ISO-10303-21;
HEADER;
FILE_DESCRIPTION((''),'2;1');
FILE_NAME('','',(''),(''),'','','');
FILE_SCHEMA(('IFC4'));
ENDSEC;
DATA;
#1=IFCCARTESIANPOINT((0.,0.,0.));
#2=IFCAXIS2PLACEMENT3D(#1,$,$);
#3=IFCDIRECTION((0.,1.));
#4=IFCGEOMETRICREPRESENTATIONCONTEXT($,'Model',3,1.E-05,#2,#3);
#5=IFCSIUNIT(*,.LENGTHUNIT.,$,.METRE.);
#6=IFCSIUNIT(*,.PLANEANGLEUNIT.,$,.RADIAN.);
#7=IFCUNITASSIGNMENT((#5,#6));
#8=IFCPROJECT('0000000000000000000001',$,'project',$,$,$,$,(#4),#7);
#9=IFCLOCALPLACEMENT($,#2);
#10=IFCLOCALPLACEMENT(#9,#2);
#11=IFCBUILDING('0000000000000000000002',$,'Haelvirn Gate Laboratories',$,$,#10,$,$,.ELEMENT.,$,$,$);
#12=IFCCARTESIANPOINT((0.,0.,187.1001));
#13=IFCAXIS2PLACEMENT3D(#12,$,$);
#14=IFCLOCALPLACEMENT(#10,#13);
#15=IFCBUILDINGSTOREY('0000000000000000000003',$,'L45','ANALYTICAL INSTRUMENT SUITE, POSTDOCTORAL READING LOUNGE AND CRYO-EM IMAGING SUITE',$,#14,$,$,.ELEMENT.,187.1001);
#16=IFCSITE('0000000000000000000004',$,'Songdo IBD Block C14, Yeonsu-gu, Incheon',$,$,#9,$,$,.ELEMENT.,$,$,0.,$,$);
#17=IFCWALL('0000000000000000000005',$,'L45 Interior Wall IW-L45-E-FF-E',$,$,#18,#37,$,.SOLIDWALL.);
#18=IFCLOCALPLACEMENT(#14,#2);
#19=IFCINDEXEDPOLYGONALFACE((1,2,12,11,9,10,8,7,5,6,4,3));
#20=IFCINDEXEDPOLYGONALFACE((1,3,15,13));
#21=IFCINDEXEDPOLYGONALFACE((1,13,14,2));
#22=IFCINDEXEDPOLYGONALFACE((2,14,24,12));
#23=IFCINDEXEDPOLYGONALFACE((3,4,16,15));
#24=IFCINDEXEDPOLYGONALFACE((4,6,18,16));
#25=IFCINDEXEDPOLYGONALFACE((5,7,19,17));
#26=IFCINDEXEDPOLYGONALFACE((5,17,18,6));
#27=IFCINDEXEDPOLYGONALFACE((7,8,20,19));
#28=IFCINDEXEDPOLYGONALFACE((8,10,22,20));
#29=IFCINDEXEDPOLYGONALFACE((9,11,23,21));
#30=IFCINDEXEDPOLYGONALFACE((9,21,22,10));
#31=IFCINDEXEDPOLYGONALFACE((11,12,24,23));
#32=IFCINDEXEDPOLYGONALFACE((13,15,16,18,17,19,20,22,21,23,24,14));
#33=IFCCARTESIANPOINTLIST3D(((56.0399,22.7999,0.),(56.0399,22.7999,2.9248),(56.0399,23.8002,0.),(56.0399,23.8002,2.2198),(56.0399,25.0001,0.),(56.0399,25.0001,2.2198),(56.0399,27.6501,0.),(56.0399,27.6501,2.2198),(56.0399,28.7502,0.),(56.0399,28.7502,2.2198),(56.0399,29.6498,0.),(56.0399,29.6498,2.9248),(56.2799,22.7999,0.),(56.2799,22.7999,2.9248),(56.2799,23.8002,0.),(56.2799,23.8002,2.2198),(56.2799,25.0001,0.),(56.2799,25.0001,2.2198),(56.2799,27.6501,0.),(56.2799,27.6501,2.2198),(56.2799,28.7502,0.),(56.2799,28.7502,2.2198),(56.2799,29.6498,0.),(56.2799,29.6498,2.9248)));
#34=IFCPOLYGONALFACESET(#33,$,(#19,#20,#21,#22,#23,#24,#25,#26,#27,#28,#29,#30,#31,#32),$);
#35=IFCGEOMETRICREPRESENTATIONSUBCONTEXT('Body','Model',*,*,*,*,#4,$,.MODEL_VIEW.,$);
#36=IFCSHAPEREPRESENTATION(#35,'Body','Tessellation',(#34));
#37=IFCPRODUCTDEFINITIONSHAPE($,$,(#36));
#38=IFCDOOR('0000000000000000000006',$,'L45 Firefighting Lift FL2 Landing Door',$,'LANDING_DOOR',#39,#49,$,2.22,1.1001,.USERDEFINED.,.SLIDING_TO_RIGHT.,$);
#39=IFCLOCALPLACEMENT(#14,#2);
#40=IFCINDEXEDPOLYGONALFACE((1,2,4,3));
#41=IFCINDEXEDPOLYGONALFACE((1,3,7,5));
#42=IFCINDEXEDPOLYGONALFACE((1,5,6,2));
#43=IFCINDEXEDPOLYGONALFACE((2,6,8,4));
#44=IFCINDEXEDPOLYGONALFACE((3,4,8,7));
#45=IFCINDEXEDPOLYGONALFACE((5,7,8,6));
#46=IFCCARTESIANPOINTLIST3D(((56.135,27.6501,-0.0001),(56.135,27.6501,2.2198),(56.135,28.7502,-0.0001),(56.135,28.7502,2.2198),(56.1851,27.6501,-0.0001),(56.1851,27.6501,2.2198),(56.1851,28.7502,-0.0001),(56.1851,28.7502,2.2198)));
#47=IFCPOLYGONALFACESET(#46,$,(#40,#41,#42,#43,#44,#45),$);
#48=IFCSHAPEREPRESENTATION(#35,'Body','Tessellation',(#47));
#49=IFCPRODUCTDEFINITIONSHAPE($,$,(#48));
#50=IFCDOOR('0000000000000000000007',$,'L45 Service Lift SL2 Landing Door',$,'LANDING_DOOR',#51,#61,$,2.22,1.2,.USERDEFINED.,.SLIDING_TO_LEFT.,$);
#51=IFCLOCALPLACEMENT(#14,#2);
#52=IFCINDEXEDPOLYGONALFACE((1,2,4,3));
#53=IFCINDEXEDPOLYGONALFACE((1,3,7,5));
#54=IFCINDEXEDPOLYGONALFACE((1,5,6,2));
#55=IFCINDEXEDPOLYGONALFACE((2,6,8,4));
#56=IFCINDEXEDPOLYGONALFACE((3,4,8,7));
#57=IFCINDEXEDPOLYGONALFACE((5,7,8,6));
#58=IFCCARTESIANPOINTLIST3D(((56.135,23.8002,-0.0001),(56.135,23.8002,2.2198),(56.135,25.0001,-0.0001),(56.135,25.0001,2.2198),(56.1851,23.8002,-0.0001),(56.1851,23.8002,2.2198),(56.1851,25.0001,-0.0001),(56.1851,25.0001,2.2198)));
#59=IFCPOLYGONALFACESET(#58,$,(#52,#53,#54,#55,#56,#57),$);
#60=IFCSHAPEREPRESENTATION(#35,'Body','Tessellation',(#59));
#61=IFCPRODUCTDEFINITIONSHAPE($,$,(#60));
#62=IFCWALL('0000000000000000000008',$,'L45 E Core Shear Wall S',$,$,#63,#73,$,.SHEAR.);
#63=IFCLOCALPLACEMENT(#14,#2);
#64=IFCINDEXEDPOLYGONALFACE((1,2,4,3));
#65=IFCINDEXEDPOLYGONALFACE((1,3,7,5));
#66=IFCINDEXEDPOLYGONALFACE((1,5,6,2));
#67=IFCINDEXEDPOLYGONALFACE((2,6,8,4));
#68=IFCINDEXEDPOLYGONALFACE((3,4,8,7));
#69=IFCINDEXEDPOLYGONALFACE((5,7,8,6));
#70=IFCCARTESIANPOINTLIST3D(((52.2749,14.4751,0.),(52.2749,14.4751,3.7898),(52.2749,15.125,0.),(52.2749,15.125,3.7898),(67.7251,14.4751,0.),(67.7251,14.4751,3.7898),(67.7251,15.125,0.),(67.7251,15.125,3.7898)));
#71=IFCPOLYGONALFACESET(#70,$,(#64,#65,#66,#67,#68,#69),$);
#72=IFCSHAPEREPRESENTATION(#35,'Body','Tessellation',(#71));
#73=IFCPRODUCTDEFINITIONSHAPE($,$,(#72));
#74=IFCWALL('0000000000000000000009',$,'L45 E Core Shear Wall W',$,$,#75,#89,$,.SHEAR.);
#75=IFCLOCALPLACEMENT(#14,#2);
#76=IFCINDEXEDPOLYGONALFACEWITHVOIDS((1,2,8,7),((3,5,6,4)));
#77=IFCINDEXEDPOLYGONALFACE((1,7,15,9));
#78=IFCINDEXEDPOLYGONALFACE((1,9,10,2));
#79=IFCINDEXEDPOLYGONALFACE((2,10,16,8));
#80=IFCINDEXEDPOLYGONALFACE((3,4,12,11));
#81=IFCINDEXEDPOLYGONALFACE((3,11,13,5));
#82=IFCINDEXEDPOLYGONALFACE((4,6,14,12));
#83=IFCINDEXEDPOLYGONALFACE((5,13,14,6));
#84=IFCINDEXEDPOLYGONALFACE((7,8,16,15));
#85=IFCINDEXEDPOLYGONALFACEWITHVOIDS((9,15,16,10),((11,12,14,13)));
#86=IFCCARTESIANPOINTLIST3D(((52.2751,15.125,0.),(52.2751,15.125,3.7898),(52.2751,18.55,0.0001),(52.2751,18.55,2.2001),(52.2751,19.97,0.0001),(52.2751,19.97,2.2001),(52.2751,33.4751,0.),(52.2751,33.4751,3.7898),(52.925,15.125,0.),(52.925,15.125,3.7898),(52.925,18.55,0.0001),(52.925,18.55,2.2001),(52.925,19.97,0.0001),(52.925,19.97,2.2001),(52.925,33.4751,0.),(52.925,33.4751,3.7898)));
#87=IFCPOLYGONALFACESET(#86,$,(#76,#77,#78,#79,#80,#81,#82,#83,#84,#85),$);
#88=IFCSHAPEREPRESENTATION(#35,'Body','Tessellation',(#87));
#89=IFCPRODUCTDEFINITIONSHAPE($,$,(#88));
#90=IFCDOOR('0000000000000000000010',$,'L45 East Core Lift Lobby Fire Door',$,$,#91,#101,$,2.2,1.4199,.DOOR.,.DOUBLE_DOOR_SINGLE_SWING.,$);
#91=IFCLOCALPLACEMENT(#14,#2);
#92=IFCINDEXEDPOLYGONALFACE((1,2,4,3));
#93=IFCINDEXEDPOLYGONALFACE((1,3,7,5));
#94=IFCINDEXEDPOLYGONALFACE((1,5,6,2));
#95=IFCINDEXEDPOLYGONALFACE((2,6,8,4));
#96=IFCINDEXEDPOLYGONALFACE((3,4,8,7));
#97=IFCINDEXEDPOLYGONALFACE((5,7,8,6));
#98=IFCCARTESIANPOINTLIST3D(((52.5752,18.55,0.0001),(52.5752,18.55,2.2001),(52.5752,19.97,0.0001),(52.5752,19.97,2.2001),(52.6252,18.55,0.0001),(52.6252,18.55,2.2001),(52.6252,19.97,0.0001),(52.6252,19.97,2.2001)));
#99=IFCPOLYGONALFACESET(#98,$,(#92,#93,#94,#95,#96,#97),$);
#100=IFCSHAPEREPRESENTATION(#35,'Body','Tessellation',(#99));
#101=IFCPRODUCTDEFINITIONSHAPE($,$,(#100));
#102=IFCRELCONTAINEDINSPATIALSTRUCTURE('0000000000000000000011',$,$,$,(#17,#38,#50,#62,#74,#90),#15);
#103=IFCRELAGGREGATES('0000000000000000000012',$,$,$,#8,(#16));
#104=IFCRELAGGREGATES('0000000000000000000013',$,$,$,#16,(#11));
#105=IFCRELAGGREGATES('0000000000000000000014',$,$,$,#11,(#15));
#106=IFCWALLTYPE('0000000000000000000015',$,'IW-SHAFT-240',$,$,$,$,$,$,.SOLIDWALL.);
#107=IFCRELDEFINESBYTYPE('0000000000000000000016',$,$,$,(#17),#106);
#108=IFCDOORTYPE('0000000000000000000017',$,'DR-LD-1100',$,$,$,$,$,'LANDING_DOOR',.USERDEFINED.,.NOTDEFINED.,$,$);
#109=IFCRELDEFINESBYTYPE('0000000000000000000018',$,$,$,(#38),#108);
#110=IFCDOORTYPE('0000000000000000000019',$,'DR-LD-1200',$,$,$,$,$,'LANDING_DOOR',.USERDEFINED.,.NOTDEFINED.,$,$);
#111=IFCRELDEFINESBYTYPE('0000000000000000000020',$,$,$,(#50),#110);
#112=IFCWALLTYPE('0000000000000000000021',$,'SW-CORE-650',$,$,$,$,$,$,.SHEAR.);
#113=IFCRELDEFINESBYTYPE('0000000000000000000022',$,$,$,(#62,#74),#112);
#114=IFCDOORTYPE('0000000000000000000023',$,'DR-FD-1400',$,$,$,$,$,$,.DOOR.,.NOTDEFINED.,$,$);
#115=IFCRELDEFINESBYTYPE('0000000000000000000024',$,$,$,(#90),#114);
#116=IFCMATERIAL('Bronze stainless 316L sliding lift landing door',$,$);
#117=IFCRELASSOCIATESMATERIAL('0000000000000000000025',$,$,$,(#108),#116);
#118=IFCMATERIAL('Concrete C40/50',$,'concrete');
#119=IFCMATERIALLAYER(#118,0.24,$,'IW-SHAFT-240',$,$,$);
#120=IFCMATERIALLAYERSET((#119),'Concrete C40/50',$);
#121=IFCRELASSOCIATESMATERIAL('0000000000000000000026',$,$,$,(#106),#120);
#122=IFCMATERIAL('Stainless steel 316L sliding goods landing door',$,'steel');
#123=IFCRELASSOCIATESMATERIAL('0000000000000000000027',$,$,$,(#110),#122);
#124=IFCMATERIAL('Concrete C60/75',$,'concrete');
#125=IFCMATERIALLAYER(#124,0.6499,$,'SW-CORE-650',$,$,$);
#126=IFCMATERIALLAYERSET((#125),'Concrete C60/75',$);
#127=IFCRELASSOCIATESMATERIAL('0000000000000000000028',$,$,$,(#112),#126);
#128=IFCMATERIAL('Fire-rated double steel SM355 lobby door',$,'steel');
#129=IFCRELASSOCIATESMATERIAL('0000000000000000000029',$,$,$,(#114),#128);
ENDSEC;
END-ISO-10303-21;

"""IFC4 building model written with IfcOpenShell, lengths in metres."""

from ifc_helpers import new_model, si_unit, direction, frame, frame_2d, origin, place, context, subcontext, project, spatial, rectangle, extrude, source, transform, mapped, material, layer, layer_set, type_object, type_shapes, element, fill, save


model = new_model("IFC4")

# Units and contexts
model_context = context("Model", 3, precision=1e-05, world=origin(), true_north=direction((0.0, 1.0)))
body_context = subcontext(model_context, "Body", "Model", "MODEL_VIEW")
ifc_project = project(units=[si_unit("LENGTHUNIT", "METRE"), si_unit("PLANEANGLEUNIT", "RADIAN")], contexts=[model_context])

# Site, building, storey
site_placement = place(None, origin())
site = spatial("IfcSite", under=ifc_project, at=site_placement, Name="Songdo IBD Block C14, Yeonsu-gu, Incheon", CompositionType="ELEMENT", RefElevation=0.0)
building_placement = place(site_placement, origin())
building = spatial("IfcBuilding", under=site, at=building_placement, Name="Haelvirn Gate Laboratories", CompositionType="ELEMENT")
storey_placement = place(building_placement, frame((0.0, 0.0, 187.1001)))
storey = spatial("IfcBuildingStorey", under=building, at=storey_placement, Name="L45", Description="ANALYTICAL INSTRUMENT SUITE, POSTDOCTORAL READING LOUNGE AND CRYO-EM IMAGING SUITE", CompositionType="ELEMENT", Elevation=187.1001)

# Shared definitions
ifc_material_1 = material(Name="Concrete C60/75", Category="concrete")

# Shared definitions
ifc_material_2 = material(Name="Concrete C40/50", Category="concrete")

# Shared definitions
ifc_material_3 = material(Name="Bronze stainless 316L sliding lift landing door")
door_type_1 = type_object("IfcDoorType", Name="DR-LD-1100", ElementType="LANDING_DOOR", OperationType="NOTDEFINED", PredefinedType="USERDEFINED", material=ifc_material_3)
shared_shape_1 = source(origin(), body_context, "Body", "SweptSolid", [
    extrude(rectangle(XDim=1.1001, YDim=2.22, at=frame_2d((0.55, 1.1099))), frame((0.0, 0.0249, 0.0), z_axis=(0.0, -1.0, 0.0), x_axis=(1.0, 0.0, 0.0)), (0.0, 0.0, 1.0), 0.05),
])
type_shapes(door_type_1, [shared_shape_1])

# Wall, openings, doors
ifc_layer_1 = layer(ifc_material_2, 0.24, Name="IW-SHAFT-240")
ifc_layer_set_1 = layer_set([ifc_layer_1], Name="Concrete C40/50")
wall_type_1 = type_object("IfcWallType", Name="IW-SHAFT-240", PredefinedType="SOLIDWALL", material=ifc_layer_set_1)
wall_1_placement = place(storey_placement, frame((56.1599, 22.8, 0.0), z_axis=(0.0, 0.0, 1.0), x_axis=(0.0, 1.0, 0.0)))
wall_1 = element("IfcWall", 1, at=wall_1_placement, inside=storey, type_object=wall_type_1, Name="L45 Interior Wall IW-L45-E-FF-E", PredefinedType="SOLIDWALL", context=body_context, shape_type="SweptSolid", body=[
    extrude(rectangle(XDim=6.8499, YDim=0.24, at=frame_2d((3.4248, 0.0))), origin(), (0.0, 0.0, 1.0), 2.9248),
])
opening_1_placement = place(wall_1_placement, frame((4.8501, 0.0, 0.0)))
opening_1 = element("IfcOpeningElement", 2, at=opening_1_placement, cuts=wall_1, PredefinedType="OPENING", context=body_context, shape_type="SweptSolid", body=[
    extrude(rectangle(XDim=1.1001, YDim=2.22, at=frame_2d((0.55, 1.1099))), frame((0.0, 0.1299, 0.0), z_axis=(0.0, -1.0, 0.0), x_axis=(1.0, 0.0, 0.0)), (0.0, 0.0, 1.0), 0.26),
])
opening_2_placement = place(wall_1_placement, frame((1.0, 0.0, 0.0)))
opening_2 = element("IfcOpeningElement", 3, at=opening_2_placement, cuts=wall_1, PredefinedType="OPENING", context=body_context, shape_type="SweptSolid", body=[
    extrude(rectangle(XDim=1.2, YDim=2.22, at=frame_2d((0.6001, 1.1099))), frame((0.0, 0.1299, 0.0), z_axis=(0.0, -1.0, 0.0), x_axis=(1.0, 0.0, 0.0)), (0.0, 0.0, 1.0), 0.26),
])
door_1_placement = place(opening_1_placement, origin())
door_1 = element("IfcDoor", 4, at=door_1_placement, inside=storey, type_object=door_type_1, Name="L45 Firefighting Lift FL2 Landing Door", ObjectType="LANDING_DOOR", OperationType="SLIDING_TO_RIGHT", OverallHeight=2.22, OverallWidth=1.1001, PredefinedType="USERDEFINED", context=body_context, shape_type="MappedRepresentation", body=[
    mapped(shared_shape_1, transform((0.0, 0.0, 0.0), scale=1.0)),
])
fill(opening_1, door_1)
ifc_material_4 = material(Name="Stainless steel 316L sliding goods landing door", Category="steel")
door_type_2 = type_object("IfcDoorType", Name="DR-LD-1200", ElementType="LANDING_DOOR", OperationType="NOTDEFINED", PredefinedType="USERDEFINED", material=ifc_material_4)
shared_shape_2 = source(origin(), body_context, "Body", "SweptSolid", [
    extrude(rectangle(XDim=1.2, YDim=2.22, at=frame_2d((0.6001, 1.1099))), frame((0.0, 0.0249, 0.0), z_axis=(0.0, -1.0, 0.0), x_axis=(1.0, 0.0, 0.0)), (0.0, 0.0, 1.0), 0.05),
])
type_shapes(door_type_2, [shared_shape_2])
door_2_placement = place(opening_2_placement, origin())
door_2 = element("IfcDoor", 5, at=door_2_placement, inside=storey, type_object=door_type_2, Name="L45 Service Lift SL2 Landing Door", ObjectType="LANDING_DOOR", OperationType="SLIDING_TO_LEFT", OverallHeight=2.22, OverallWidth=1.2, PredefinedType="USERDEFINED", context=body_context, shape_type="MappedRepresentation", body=[
    mapped(shared_shape_2, transform((0.0, 0.0, 0.0), scale=1.0)),
])
fill(opening_2, door_2)

# Wall
ifc_layer_2 = layer(ifc_material_1, 0.6499, Name="SW-CORE-650")
ifc_layer_set_2 = layer_set([ifc_layer_2], Name="Concrete C60/75")
wall_type_2 = type_object("IfcWallType", Name="SW-CORE-650", PredefinedType="SHEAR", material=ifc_layer_set_2)
wall_2_placement = place(storey_placement, frame((52.2749, 14.8, 0.0), z_axis=(0.0, 0.0, 1.0), x_axis=(1.0, 0.0, 0.0)))
element("IfcWall", 6, at=wall_2_placement, inside=storey, type_object=wall_type_2, Name="L45 E Core Shear Wall S", PredefinedType="SHEAR", context=body_context, shape_type="SweptSolid", body=[
    extrude(rectangle(XDim=15.4502, YDim=0.6499, at=frame_2d((7.7251, 0.0))), origin(), (0.0, 0.0, 1.0), 3.7898),
])

# Wall, opening, door
wall_3_placement = place(storey_placement, frame((52.6001, 15.125, 0.0), z_axis=(0.0, 0.0, 1.0), x_axis=(0.0, 1.0, 0.0)))
wall_3 = element("IfcWall", 7, at=wall_3_placement, inside=storey, type_object=wall_type_2, Name="L45 E Core Shear Wall W", PredefinedType="SHEAR", context=body_context, shape_type="SweptSolid", body=[
    extrude(rectangle(XDim=18.3501, YDim=0.6499, at=frame_2d((9.175, 0.0))), origin(), (0.0, 0.0, 1.0), 3.7898),
])
opening_3_placement = place(wall_3_placement, frame((3.425, 0.0, 0.0)))
opening_3 = element("IfcOpeningElement", 8, at=opening_3_placement, cuts=wall_3, PredefinedType="OPENING", context=body_context, shape_type="SweptSolid", body=[
    extrude(rectangle(XDim=1.4199, YDim=2.2, at=frame_2d((0.71, 1.1001))), frame((0.0, 0.335, 0.0), z_axis=(0.0, -1.0, 0.0), x_axis=(1.0, 0.0, 0.0)), (0.0, 0.0, 1.0), 0.6699),
])
ifc_material_5 = material(Name="Fire-rated double steel SM355 lobby door", Category="steel")
door_type_3 = type_object("IfcDoorType", Name="DR-FD-1400", OperationType="NOTDEFINED", PredefinedType="DOOR", material=ifc_material_5)
shared_shape_3 = source(origin(), body_context, "Body", "SweptSolid", [
    extrude(rectangle(XDim=1.4199, YDim=2.2, at=frame_2d((0.71, 1.1001))), frame((0.0, 0.0249, 0.0), z_axis=(0.0, -1.0, 0.0), x_axis=(1.0, 0.0, 0.0)), (0.0, 0.0, 1.0), 0.05),
])
type_shapes(door_type_3, [shared_shape_3])
door_3_placement = place(opening_3_placement, origin())
door_3 = element("IfcDoor", 9, at=door_3_placement, inside=storey, type_object=door_type_3, Name="L45 East Core Lift Lobby Fire Door", OperationType="DOUBLE_DOOR_SINGLE_SWING", OverallHeight=2.2, OverallWidth=1.4199, PredefinedType="DOOR", context=body_context, shape_type="MappedRepresentation", body=[
    mapped(shared_shape_3, transform((0.0, 0.0, 0.0), scale=1.0)),
])
fill(opening_3, door_3)

save(model, "model.ifc")
